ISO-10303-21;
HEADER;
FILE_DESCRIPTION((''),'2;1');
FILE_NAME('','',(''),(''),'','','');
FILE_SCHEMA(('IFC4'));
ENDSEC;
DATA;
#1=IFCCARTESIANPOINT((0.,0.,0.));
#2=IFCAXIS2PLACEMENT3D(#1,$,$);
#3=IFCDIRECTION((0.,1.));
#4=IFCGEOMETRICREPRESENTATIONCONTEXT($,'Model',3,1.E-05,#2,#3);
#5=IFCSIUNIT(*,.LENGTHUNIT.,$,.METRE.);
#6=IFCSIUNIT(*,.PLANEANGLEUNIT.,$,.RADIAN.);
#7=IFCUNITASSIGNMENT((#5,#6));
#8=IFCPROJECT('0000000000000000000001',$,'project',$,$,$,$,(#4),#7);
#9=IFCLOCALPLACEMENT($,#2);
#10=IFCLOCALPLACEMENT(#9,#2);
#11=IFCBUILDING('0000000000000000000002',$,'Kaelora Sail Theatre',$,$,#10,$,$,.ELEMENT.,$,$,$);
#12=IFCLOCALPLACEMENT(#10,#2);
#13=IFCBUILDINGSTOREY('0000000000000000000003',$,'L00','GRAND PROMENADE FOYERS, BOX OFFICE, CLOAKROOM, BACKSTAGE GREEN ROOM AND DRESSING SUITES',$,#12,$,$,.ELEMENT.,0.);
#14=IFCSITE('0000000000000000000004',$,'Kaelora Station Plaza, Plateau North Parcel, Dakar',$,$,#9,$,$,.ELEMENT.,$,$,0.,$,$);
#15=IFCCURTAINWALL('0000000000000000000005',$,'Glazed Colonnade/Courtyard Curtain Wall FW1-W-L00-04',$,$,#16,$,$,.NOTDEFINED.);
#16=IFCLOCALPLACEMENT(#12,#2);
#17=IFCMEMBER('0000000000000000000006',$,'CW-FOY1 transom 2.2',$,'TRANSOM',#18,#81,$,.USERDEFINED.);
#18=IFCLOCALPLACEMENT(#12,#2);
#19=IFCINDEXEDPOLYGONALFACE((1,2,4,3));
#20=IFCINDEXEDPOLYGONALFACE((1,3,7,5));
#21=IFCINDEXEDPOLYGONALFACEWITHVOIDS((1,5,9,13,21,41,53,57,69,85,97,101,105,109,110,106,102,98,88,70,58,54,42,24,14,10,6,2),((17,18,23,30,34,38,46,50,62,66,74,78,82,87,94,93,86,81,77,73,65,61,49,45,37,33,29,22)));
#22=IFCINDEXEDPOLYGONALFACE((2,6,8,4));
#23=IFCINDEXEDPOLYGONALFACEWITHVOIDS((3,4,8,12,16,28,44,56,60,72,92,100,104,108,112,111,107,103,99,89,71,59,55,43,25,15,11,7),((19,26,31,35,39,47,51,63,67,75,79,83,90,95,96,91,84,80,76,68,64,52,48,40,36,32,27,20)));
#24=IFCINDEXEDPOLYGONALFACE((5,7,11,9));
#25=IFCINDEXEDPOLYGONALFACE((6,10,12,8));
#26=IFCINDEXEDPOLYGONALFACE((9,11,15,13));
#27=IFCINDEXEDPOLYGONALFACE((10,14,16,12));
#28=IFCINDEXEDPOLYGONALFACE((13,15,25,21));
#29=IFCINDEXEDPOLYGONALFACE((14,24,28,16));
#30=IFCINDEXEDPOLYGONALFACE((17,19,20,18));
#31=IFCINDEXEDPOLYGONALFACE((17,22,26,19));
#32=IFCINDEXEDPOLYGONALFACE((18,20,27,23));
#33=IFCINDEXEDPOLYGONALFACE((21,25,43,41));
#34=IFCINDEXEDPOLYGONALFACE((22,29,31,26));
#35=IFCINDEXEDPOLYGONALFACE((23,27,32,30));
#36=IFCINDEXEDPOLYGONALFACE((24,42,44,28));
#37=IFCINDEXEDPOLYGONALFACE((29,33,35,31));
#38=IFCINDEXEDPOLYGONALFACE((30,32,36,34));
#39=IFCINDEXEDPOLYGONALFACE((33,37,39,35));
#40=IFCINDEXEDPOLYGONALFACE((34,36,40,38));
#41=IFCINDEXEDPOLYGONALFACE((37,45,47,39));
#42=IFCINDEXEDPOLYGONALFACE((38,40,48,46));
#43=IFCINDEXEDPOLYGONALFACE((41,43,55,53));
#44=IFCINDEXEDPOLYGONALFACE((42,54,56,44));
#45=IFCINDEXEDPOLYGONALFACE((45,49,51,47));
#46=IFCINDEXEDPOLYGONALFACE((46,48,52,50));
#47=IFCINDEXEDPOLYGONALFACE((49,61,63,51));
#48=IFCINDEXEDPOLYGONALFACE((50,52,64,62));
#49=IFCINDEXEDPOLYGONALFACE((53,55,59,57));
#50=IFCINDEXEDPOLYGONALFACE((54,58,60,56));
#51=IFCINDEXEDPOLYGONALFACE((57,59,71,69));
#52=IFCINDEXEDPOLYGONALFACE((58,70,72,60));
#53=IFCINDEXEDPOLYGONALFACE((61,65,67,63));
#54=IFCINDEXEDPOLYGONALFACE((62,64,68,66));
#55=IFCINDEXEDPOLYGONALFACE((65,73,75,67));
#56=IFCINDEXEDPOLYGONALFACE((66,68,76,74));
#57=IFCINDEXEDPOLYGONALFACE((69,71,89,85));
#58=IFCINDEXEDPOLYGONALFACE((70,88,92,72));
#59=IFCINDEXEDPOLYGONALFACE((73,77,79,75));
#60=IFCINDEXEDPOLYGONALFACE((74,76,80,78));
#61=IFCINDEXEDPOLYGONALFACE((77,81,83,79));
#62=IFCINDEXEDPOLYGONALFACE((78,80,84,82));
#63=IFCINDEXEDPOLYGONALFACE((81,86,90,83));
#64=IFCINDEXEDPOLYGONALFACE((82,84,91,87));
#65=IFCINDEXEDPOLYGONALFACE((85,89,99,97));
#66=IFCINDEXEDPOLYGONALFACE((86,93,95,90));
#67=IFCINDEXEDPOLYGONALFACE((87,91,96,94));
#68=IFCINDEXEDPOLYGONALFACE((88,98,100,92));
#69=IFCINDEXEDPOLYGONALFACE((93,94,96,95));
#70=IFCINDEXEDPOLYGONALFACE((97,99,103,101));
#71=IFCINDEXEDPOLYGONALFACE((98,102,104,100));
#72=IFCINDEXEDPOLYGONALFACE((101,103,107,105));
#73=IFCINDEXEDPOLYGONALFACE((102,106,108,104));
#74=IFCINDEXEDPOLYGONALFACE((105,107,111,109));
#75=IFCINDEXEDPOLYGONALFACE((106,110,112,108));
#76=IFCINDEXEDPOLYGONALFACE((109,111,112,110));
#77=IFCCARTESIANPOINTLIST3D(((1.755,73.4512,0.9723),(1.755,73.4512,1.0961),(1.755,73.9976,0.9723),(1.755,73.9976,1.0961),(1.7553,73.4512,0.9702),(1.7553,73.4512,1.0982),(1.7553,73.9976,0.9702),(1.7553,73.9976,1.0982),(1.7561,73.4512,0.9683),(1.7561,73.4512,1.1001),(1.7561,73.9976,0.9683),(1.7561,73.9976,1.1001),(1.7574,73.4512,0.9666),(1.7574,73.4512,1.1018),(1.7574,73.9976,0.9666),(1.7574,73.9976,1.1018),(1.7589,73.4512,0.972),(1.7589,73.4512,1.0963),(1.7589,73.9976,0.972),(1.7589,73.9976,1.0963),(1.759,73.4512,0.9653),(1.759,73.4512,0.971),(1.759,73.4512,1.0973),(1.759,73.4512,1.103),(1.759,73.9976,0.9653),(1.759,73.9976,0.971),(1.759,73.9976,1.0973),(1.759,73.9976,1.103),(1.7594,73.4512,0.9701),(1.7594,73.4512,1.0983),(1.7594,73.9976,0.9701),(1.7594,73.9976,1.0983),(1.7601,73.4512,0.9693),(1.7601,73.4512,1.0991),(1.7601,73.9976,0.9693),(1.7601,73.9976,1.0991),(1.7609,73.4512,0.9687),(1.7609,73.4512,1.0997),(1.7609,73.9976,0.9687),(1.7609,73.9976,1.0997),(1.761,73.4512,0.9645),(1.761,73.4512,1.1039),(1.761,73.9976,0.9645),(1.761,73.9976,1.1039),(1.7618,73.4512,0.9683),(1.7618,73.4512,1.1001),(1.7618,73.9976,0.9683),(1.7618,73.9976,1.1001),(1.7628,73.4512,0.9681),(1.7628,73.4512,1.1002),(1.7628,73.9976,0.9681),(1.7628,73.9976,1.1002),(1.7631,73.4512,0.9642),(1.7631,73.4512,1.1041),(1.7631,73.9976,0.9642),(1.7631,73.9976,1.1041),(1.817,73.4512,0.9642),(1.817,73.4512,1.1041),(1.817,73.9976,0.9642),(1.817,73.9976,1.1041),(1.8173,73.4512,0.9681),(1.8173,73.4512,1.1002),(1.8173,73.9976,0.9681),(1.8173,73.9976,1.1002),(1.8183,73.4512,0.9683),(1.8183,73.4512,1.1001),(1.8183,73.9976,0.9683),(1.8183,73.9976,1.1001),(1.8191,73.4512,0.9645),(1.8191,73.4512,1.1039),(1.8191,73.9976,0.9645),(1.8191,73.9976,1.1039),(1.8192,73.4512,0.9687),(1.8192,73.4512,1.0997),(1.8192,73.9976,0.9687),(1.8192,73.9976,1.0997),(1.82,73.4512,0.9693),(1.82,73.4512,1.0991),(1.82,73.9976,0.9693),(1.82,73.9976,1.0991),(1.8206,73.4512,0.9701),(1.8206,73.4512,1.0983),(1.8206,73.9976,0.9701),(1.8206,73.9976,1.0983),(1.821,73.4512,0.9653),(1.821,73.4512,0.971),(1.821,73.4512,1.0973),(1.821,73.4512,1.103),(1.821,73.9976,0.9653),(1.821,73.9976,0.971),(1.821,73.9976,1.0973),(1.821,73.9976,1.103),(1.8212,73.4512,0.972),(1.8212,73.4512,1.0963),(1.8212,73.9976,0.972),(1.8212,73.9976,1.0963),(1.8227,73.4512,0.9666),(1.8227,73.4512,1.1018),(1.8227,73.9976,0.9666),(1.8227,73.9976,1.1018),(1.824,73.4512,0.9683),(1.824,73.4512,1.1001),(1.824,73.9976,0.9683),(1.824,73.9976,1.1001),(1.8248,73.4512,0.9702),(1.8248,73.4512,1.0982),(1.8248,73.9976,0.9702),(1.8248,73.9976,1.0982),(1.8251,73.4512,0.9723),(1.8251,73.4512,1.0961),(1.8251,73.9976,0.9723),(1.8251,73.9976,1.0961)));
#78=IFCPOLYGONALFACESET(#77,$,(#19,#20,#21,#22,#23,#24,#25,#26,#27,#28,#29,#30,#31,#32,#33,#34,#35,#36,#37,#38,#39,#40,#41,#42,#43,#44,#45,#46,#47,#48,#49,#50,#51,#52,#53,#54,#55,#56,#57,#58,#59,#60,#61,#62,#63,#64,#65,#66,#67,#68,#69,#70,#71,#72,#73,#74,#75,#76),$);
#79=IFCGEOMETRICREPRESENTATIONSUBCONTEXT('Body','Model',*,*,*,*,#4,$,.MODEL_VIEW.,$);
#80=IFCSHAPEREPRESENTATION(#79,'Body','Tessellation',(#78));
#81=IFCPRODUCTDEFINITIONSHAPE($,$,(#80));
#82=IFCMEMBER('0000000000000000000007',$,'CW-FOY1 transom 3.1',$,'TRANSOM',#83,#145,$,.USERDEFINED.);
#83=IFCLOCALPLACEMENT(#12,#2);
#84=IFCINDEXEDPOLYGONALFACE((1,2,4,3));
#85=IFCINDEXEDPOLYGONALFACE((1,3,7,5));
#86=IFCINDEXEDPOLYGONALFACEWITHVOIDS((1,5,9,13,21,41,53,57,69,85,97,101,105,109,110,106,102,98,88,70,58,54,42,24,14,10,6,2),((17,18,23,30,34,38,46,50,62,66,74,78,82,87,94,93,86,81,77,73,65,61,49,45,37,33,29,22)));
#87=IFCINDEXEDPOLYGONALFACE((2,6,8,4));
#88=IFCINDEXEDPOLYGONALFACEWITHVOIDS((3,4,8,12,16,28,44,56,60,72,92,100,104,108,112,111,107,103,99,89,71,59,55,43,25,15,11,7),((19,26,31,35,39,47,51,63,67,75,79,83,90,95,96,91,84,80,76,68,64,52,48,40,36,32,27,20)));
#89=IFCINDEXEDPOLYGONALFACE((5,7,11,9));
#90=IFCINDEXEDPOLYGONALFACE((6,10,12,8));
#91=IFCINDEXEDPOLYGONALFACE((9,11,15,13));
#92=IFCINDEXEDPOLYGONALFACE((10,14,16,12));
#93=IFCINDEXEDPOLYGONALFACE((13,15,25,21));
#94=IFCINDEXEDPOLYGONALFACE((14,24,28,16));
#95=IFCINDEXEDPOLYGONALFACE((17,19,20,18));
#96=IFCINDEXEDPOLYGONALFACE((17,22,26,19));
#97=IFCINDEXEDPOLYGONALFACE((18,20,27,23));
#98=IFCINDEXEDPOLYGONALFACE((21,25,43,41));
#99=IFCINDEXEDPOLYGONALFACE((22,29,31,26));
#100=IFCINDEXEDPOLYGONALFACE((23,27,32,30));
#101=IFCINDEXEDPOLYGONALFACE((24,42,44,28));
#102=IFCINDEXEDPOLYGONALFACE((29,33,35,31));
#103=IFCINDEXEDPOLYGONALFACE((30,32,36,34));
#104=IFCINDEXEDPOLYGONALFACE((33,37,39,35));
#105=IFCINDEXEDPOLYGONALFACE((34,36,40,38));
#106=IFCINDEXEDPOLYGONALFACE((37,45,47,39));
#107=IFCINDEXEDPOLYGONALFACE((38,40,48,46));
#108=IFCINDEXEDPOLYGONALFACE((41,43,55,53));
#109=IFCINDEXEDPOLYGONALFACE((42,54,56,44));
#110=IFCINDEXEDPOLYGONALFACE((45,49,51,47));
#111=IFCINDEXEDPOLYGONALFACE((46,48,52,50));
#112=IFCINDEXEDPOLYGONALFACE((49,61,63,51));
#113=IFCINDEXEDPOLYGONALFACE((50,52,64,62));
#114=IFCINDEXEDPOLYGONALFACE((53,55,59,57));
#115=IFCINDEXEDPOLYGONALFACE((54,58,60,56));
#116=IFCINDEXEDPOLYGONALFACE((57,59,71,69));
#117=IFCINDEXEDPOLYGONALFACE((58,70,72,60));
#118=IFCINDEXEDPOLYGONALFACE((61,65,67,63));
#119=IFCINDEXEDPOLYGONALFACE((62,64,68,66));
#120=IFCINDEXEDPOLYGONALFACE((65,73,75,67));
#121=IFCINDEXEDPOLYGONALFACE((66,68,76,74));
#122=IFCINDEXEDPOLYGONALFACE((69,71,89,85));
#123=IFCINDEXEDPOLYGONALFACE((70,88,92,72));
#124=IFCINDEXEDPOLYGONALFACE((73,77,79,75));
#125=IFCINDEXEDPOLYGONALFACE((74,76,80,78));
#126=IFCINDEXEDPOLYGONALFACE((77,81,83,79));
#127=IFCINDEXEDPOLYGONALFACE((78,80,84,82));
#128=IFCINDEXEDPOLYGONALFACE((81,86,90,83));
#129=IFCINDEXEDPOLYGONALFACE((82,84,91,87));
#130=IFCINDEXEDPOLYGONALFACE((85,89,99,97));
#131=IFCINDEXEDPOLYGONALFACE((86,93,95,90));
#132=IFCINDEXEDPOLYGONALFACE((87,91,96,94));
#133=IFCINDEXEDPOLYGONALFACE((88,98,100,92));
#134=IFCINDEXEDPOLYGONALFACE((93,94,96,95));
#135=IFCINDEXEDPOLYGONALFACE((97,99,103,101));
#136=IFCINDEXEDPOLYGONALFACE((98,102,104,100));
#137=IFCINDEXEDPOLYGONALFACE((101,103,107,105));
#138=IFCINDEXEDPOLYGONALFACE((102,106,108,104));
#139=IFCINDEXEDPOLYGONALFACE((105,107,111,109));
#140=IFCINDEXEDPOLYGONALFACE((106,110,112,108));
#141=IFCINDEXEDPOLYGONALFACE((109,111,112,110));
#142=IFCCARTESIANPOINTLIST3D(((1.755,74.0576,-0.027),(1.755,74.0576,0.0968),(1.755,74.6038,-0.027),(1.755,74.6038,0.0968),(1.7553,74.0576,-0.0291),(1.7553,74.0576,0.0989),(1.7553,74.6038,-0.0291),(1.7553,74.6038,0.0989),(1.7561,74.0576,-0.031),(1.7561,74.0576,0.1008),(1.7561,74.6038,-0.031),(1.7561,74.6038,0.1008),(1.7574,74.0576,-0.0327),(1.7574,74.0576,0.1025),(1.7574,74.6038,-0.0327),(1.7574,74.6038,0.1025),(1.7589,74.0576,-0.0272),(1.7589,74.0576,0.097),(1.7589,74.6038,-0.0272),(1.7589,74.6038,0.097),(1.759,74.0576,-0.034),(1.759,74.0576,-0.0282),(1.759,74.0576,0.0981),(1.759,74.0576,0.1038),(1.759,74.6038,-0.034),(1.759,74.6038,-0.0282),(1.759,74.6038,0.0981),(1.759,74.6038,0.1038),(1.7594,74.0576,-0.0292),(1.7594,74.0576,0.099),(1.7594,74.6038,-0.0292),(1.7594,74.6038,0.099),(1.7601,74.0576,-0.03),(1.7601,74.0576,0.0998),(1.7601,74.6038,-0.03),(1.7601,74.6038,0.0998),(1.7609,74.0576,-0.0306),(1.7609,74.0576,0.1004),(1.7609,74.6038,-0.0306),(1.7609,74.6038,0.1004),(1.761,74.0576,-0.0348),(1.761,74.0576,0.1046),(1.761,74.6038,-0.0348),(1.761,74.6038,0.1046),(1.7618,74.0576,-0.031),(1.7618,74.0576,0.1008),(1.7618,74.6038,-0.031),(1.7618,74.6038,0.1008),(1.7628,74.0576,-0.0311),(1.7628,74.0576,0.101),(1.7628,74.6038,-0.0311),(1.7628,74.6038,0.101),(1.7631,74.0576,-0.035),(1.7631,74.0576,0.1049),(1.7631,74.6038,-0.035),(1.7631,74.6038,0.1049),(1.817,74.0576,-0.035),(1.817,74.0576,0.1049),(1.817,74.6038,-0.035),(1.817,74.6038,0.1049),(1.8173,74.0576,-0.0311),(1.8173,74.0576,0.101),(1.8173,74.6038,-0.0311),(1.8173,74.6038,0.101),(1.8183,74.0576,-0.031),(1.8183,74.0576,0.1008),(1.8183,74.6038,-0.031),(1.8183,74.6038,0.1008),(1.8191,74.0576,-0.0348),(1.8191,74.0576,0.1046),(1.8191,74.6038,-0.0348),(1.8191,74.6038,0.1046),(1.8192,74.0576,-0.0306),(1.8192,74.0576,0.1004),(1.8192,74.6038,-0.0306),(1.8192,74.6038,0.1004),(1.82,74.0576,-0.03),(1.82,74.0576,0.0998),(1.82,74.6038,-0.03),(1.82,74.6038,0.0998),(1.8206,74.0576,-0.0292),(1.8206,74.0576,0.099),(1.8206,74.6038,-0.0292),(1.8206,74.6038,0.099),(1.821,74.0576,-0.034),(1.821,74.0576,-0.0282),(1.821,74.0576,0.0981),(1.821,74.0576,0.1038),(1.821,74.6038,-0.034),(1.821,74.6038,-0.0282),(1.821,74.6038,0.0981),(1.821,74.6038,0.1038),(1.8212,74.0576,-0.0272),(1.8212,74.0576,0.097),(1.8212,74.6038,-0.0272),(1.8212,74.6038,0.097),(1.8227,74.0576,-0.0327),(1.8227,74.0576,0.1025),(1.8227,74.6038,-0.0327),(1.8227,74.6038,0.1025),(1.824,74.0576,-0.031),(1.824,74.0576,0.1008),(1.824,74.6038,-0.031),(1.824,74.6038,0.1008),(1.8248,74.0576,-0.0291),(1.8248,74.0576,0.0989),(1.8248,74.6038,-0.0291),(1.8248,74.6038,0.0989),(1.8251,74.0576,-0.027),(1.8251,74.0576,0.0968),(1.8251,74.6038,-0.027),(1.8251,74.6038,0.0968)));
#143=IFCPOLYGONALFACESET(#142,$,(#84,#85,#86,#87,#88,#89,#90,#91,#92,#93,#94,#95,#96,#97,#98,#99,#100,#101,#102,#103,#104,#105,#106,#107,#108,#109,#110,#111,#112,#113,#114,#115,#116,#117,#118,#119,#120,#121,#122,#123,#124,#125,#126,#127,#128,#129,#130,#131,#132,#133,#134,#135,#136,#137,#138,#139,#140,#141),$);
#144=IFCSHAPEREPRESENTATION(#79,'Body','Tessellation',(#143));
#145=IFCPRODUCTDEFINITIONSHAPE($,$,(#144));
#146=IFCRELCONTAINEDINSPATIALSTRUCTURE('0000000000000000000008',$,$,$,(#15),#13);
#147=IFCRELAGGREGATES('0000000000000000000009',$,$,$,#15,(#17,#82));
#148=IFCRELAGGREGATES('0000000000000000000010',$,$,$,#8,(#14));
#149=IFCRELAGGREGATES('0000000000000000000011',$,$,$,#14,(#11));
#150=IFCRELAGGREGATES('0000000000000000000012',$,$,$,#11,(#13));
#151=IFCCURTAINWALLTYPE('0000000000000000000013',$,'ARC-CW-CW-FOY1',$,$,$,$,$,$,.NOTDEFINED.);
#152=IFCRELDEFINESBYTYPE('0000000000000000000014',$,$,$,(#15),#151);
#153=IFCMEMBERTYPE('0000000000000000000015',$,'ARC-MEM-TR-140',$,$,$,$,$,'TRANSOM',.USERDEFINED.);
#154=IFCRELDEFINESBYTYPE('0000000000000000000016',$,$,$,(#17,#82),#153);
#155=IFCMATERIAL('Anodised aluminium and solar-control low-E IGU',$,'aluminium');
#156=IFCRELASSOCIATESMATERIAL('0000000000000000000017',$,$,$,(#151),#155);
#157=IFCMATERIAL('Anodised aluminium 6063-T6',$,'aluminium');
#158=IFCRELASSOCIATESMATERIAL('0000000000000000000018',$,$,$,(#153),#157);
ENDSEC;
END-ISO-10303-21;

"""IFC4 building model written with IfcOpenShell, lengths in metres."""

from ifc_helpers import new_model, si_unit, direction, frame, origin, origin_2d, place, context, subcontext, project, spatial, hollow_rectangle, extrude, material, material_profile, profile_set, type_object, element, aggregate, save


model = new_model("IFC4")

# Units and contexts
model_context = context("Model", 3, precision=1e-05, world=origin(), true_north=direction((0.0, 1.0)))
body_context = subcontext(model_context, "Body", "Model", "MODEL_VIEW")
ifc_project = project(units=[si_unit("LENGTHUNIT", "METRE"), si_unit("PLANEANGLEUNIT", "RADIAN")], contexts=[model_context])

# Site, building, storey
site_placement = place(None, origin())
site = spatial("IfcSite", under=ifc_project, at=site_placement, Name="Kaelora Station Plaza, Plateau North Parcel, Dakar", CompositionType="ELEMENT", RefElevation=0.0)
building_placement = place(site_placement, origin())
building = spatial("IfcBuilding", under=site, at=building_placement, Name="Kaelora Sail Theatre", CompositionType="ELEMENT")
storey_placement = place(building_placement, origin())
storey = spatial("IfcBuildingStorey", under=building, at=storey_placement, Name="L00", Description="GRAND PROMENADE FOYERS, BOX OFFICE, CLOAKROOM, BACKSTAGE GREEN ROOM AND DRESSING SUITES", CompositionType="ELEMENT", Elevation=0.0)

# Curtain wall
ifc_material_1 = material(Name="Anodised aluminium and solar-control low-E IGU", Category="aluminium")
curtain_wall_type = type_object("IfcCurtainWallType", Name="ARC-CW-CW-FOY1", PredefinedType="NOTDEFINED", material=ifc_material_1)
curtain_wall_1_placement = place(storey_placement, origin())
curtain_wall_1 = element("IfcCurtainWall", 1, at=curtain_wall_1_placement, inside=storey, type_object=curtain_wall_type, Name="Glazed Colonnade/Courtyard Curtain Wall FW1-W-L00-04", PredefinedType="NOTDEFINED")

# Members
ifc_material_2 = material(Name="Anodised aluminium 6063-T6", Category="aluminium")
ifc_material_profile_1 = material_profile(ifc_material_2, hollow_rectangle(XDim=0.0701, YDim=0.1399, WallThickness=0.0039, InnerFilletRadius=0.0039, OuterFilletRadius=0.0081, at=origin_2d()), Name="ALU-TRAN 70x140x4")
ifc_profile_set_1 = profile_set([ifc_material_profile_1], Name="Anodised aluminium 6063-T6")
member_type_1 = type_object("IfcMemberType", Name="ARC-MEM-TR-140", ElementType="TRANSOM", PredefinedType="USERDEFINED", material=ifc_profile_set_1)
member_1_placement = place(storey_placement, frame((1.79, 73.4512, 1.0342), z_axis=(0.0, 1.0, 0.0), x_axis=(-1.0, 0.0, 0.0)))
member_1 = element("IfcMember", 2, at=member_1_placement, type_object=member_type_1, Name="CW-FOY1 transom 2.2", ObjectType="TRANSOM", PredefinedType="USERDEFINED", context=body_context, shape_type="SweptSolid", body=[
    extrude(hollow_rectangle(XDim=0.0701, YDim=0.1399, WallThickness=0.0039, InnerFilletRadius=0.0039, OuterFilletRadius=0.0081, at=origin_2d()), origin(), (0.0, 0.0, 1.0), 0.5464),
])
member_2_placement = place(storey_placement, frame((1.79, 74.0576, 0.0349), z_axis=(0.0, 1.0, 0.0), x_axis=(-1.0, 0.0, 0.0)))
member_2 = element("IfcMember", 3, at=member_2_placement, type_object=member_type_1, Name="CW-FOY1 transom 3.1", ObjectType="TRANSOM", PredefinedType="USERDEFINED", context=body_context, shape_type="SweptSolid", body=[
    extrude(hollow_rectangle(XDim=0.0701, YDim=0.1399, WallThickness=0.0039, InnerFilletRadius=0.0039, OuterFilletRadius=0.0081, at=origin_2d()), origin(), (0.0, 0.0, 1.0), 0.5461),
])

aggregate(curtain_wall_1, [member_1, member_2])

save(model, "model.ifc")
